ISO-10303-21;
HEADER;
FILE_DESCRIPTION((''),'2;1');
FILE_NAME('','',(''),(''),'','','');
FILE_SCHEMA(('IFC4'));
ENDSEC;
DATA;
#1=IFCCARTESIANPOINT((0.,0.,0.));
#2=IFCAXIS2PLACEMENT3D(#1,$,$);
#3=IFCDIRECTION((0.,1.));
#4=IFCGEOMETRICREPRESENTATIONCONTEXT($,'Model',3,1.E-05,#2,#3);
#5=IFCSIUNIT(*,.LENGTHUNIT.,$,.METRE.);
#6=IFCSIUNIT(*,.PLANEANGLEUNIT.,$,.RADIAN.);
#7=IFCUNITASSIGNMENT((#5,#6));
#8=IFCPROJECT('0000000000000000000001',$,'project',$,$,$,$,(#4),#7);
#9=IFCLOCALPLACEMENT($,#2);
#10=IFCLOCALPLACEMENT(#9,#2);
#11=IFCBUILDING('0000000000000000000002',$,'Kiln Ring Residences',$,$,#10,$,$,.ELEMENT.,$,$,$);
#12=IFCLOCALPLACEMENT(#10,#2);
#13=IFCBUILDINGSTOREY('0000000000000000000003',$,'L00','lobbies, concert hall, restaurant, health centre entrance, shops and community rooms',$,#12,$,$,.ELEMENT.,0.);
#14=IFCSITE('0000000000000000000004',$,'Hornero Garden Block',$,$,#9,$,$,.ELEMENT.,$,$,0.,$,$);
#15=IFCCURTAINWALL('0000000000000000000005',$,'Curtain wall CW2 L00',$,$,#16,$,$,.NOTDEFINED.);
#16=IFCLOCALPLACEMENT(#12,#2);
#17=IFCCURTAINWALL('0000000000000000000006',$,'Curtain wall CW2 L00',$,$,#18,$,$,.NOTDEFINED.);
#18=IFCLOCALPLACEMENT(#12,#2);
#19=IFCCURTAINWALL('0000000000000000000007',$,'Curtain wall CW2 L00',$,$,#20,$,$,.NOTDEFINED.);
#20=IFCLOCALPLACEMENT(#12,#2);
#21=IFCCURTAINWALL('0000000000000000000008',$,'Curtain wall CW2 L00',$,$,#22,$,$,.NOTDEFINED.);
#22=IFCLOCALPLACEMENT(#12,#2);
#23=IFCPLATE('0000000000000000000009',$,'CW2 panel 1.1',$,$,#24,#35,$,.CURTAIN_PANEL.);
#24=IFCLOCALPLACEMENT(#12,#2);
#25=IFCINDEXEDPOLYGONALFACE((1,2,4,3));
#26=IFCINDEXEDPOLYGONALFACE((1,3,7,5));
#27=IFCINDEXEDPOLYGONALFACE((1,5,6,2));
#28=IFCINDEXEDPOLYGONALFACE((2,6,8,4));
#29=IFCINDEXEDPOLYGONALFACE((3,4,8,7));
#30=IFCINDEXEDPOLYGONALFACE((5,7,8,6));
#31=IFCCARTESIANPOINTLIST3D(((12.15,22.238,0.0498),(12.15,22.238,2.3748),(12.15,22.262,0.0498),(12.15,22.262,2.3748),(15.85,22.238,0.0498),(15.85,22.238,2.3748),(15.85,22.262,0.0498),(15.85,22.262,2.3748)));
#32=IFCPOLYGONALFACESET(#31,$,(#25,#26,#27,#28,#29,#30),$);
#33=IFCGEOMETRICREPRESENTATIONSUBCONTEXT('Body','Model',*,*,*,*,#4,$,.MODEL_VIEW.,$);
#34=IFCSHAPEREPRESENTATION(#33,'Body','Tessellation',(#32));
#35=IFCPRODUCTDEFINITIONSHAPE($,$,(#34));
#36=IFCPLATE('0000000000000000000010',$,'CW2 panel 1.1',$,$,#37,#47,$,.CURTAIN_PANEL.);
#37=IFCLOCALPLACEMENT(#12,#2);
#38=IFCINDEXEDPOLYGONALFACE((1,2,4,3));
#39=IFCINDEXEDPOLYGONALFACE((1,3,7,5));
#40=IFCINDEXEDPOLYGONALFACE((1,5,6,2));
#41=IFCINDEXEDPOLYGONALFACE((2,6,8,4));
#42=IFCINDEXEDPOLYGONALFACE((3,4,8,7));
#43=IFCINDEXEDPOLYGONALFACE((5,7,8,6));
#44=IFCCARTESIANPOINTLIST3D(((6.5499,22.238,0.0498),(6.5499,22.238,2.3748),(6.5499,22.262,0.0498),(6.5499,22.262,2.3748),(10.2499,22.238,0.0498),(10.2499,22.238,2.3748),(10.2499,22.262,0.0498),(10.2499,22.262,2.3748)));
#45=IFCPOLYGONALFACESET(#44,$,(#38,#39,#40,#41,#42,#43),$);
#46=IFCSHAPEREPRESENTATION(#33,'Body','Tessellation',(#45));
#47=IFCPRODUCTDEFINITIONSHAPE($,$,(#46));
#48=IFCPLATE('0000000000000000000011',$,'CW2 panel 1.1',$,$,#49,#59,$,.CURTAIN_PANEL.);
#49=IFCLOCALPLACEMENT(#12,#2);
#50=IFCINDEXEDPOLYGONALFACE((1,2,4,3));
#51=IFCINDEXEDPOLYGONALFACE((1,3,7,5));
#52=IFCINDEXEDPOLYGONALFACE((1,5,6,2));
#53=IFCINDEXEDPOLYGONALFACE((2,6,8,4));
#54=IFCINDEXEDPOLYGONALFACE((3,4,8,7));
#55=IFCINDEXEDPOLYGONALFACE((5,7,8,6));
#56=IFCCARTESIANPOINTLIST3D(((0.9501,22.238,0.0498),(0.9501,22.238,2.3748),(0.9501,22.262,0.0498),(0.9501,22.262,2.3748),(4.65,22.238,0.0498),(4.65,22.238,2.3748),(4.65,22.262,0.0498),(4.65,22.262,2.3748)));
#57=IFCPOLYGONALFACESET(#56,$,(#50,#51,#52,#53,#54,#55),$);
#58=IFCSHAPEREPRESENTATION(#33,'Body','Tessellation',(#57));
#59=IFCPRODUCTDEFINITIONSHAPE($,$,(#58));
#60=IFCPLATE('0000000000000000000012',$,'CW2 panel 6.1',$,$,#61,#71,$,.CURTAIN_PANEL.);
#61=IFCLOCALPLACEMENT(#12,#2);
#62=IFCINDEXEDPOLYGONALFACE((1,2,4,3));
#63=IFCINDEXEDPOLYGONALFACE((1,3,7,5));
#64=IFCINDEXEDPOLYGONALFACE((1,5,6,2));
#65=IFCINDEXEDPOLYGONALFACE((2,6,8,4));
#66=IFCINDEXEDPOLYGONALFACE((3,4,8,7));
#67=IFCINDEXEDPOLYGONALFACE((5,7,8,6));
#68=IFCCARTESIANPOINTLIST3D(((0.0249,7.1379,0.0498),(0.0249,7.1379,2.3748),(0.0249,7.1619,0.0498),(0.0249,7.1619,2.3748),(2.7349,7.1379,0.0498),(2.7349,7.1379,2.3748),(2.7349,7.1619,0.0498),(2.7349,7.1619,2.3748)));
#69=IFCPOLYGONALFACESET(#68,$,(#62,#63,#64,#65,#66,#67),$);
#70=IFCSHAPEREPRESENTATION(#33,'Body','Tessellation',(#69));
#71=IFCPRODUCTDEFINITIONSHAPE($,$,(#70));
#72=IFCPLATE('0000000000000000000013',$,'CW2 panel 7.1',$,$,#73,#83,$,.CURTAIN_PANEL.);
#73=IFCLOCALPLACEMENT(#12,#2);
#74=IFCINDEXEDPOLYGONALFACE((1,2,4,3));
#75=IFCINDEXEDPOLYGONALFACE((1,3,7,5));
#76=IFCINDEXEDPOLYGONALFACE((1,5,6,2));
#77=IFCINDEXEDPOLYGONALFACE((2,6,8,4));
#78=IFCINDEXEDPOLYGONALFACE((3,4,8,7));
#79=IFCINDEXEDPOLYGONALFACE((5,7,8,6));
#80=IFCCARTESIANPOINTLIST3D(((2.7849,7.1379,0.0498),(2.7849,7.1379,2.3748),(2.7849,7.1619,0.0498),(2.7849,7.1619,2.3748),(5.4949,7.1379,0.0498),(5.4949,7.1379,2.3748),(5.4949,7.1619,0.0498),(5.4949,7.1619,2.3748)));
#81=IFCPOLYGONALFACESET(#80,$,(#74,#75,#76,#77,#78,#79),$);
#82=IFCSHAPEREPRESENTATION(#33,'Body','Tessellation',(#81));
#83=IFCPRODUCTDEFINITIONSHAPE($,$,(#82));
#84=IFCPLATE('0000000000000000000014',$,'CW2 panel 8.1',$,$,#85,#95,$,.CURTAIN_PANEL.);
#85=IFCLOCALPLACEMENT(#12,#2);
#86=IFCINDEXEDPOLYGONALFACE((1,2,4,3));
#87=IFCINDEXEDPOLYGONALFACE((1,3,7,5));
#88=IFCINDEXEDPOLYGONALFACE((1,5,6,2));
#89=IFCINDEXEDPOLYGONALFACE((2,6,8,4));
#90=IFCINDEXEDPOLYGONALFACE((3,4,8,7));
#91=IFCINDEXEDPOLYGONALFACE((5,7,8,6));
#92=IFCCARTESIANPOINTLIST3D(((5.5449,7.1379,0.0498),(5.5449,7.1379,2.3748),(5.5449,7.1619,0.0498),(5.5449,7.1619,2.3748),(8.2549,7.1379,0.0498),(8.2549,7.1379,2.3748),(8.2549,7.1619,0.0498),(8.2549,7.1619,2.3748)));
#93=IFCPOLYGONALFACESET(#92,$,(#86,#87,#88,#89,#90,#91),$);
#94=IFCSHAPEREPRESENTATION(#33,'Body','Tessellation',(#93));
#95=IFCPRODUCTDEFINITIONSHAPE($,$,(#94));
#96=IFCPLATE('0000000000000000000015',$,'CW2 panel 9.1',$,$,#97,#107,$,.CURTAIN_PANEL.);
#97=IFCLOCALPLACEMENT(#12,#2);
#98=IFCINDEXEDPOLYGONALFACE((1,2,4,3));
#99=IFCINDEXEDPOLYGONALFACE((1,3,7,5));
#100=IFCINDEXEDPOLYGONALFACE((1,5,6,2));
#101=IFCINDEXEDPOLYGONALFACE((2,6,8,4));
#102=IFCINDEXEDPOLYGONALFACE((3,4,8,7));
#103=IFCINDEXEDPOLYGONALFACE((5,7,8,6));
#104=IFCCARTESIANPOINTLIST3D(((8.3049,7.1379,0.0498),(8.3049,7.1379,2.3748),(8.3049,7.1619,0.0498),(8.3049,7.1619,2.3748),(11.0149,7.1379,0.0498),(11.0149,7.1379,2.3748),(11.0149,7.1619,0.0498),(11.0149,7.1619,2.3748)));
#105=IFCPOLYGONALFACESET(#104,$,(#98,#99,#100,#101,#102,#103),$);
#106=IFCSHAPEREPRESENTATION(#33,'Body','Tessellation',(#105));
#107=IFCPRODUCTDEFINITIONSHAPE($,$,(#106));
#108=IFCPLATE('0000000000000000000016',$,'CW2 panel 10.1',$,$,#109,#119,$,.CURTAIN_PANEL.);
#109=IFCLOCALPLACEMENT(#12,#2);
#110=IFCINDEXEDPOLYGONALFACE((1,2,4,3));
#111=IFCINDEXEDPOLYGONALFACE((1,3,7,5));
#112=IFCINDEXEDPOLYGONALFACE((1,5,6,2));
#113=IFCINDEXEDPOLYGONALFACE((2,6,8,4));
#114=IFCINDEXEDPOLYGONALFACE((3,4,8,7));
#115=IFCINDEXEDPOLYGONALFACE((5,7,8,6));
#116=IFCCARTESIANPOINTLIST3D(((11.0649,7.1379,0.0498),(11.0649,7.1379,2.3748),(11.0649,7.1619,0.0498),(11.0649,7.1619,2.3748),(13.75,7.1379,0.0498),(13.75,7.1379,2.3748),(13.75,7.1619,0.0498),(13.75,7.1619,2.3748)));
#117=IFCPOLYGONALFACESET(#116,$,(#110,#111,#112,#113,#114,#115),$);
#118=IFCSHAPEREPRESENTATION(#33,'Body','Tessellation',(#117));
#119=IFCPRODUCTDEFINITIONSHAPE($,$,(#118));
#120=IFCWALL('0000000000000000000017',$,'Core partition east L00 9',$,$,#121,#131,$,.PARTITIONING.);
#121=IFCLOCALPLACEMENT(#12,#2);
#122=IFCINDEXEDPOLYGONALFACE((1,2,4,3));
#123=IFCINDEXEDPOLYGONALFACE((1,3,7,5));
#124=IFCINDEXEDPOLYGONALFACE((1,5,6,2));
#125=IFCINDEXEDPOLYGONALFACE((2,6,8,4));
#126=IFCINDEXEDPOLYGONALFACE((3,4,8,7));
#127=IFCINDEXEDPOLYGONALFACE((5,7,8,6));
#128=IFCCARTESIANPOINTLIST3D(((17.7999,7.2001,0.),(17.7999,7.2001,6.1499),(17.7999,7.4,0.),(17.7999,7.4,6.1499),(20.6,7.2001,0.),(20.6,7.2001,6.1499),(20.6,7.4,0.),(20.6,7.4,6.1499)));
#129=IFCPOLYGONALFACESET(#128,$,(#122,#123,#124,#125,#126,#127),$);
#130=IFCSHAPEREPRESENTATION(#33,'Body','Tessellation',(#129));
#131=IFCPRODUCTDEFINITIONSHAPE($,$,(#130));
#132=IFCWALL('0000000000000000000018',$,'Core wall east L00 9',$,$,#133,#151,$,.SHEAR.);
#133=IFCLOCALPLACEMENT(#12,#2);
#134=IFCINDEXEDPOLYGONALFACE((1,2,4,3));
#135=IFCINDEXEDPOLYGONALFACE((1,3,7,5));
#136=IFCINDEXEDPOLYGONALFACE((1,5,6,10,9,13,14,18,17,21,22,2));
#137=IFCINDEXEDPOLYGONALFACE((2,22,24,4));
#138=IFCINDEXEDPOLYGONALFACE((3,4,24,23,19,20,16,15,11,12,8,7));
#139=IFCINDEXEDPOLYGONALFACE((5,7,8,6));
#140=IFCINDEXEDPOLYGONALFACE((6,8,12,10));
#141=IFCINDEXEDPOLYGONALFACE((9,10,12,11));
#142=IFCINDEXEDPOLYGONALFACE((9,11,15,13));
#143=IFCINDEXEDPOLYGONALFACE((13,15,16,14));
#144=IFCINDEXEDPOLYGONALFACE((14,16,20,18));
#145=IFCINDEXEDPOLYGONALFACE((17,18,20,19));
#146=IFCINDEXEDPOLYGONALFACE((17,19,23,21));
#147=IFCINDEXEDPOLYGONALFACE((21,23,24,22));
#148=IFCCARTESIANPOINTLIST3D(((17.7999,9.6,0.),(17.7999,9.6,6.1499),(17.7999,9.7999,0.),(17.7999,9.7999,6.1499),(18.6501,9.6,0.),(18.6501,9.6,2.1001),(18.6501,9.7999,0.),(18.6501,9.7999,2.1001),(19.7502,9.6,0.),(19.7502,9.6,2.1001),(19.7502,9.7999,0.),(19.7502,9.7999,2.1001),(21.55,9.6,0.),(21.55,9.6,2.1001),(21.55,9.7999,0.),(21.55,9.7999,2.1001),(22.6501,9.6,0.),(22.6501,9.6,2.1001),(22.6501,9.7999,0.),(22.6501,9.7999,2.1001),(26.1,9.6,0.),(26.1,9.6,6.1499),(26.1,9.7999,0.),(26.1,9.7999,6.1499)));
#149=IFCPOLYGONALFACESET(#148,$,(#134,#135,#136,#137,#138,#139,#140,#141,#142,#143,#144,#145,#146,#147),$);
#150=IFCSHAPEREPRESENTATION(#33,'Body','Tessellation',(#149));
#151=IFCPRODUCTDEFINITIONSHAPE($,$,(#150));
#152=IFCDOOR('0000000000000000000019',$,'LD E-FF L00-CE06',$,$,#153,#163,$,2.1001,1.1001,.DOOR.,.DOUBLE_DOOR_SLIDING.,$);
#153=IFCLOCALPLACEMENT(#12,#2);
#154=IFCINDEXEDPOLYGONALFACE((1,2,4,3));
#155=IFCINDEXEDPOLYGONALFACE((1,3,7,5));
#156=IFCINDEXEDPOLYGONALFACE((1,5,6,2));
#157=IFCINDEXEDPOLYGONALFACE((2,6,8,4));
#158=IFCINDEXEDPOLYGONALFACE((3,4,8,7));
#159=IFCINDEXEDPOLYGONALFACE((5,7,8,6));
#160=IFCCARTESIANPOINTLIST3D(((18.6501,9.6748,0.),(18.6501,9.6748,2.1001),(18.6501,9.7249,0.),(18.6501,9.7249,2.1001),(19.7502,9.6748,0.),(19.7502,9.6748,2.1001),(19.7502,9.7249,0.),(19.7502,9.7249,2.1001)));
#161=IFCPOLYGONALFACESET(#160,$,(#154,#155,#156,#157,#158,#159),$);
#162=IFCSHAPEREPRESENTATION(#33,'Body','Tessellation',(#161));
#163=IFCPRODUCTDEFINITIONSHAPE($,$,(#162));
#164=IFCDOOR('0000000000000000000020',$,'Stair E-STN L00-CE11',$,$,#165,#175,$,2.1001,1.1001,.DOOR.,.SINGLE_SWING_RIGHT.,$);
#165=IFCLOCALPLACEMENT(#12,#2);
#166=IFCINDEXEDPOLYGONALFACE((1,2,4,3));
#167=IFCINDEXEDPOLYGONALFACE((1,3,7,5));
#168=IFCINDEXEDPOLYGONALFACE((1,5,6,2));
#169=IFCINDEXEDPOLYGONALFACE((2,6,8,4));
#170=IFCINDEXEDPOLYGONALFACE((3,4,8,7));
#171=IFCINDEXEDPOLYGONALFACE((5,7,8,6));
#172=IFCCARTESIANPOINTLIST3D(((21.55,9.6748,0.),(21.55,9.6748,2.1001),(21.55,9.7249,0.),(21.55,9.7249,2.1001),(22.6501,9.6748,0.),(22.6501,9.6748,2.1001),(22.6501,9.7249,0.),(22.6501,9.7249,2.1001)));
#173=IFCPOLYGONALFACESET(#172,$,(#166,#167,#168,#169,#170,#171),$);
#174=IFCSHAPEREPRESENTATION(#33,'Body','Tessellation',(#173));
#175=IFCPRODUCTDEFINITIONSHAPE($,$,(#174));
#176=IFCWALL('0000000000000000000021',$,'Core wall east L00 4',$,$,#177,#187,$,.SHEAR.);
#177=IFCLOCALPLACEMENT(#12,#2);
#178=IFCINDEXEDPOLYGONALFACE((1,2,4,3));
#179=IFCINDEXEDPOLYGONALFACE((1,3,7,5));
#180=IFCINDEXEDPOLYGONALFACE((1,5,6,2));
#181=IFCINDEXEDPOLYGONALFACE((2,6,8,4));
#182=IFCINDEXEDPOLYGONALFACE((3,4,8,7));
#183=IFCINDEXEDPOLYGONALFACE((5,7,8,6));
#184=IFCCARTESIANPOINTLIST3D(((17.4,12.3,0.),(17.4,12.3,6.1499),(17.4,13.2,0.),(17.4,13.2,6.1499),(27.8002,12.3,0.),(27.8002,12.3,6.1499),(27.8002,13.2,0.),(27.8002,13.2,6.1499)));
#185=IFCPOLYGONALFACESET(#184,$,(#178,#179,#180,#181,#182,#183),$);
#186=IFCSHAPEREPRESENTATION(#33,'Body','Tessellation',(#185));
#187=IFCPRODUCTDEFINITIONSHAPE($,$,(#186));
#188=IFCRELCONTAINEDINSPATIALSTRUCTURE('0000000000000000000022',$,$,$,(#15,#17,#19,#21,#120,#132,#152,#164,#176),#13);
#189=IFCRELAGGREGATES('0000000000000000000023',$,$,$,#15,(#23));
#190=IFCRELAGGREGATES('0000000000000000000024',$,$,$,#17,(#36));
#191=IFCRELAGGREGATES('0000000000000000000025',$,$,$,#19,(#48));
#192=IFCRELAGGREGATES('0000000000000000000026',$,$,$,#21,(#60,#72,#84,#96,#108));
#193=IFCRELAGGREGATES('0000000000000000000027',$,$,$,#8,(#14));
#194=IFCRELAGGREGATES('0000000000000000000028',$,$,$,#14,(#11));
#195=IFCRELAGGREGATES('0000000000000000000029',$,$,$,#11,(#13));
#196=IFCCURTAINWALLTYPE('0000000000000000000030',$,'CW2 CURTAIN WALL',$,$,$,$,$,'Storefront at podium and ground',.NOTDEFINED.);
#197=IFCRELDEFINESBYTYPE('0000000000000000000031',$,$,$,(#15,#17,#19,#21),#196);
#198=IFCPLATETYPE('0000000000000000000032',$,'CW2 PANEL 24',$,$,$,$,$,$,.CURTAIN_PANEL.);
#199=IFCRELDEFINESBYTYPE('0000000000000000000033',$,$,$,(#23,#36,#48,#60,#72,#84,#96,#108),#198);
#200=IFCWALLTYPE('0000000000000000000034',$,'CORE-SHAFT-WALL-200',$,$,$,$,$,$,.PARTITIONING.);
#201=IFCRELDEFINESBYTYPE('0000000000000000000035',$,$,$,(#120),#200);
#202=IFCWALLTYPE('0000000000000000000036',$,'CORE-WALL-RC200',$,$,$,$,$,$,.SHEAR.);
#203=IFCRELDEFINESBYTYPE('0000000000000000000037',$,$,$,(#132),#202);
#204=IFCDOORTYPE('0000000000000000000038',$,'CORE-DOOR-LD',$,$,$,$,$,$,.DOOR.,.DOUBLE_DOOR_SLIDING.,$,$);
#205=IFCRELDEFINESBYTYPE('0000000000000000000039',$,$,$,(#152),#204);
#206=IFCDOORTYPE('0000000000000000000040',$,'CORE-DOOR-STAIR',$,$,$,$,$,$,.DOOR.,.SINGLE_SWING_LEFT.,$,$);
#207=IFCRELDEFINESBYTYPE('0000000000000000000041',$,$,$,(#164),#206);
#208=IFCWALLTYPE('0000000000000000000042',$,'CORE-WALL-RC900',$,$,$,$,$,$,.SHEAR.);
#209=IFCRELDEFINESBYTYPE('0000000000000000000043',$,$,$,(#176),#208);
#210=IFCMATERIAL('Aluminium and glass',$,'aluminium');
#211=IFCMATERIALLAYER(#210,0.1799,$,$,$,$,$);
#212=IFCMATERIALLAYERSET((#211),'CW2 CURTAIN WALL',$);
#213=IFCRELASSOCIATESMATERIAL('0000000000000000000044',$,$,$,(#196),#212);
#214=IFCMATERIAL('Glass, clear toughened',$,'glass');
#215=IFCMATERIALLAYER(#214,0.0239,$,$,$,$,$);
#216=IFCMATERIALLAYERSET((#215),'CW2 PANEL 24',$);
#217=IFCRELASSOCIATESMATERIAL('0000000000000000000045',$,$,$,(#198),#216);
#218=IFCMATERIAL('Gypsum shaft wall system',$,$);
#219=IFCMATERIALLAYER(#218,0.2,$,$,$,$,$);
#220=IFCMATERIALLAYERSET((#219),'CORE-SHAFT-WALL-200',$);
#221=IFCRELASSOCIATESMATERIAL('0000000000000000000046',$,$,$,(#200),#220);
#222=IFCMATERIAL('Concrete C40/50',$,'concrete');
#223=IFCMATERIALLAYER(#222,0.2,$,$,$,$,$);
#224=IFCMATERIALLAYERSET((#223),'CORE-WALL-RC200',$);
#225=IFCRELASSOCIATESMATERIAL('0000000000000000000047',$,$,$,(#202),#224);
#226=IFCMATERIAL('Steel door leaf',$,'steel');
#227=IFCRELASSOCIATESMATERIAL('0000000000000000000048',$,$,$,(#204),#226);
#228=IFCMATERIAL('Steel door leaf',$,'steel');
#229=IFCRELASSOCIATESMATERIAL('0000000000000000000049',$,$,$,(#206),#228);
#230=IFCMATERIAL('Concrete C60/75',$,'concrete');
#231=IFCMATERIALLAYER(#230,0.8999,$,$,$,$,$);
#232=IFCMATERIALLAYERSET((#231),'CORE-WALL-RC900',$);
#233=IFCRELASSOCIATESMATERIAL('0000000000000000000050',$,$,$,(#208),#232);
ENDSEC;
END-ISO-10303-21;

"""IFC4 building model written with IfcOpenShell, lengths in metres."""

from ifc_helpers import new_model, si_unit, direction, frame, frame_2d, origin, origin_2d, place, context, subcontext, project, spatial, rectangle, extrude, material, layer, layer_set, type_object, element, fill, aggregate, save


model = new_model("IFC4")

# Units and contexts
model_context = context("Model", 3, precision=1e-05, world=origin(), true_north=direction((0.0, 1.0)))
body_context = subcontext(model_context, "Body", "Model", "MODEL_VIEW")
ifc_project = project(units=[si_unit("LENGTHUNIT", "METRE"), si_unit("PLANEANGLEUNIT", "RADIAN")], contexts=[model_context])

# Site, building, storey
site_placement = place(None, origin())
site = spatial("IfcSite", under=ifc_project, at=site_placement, Name="Hornero Garden Block", CompositionType="ELEMENT", RefElevation=0.0)
building_placement = place(site_placement, origin())
building = spatial("IfcBuilding", under=site, at=building_placement, Name="Kiln Ring Residences", CompositionType="ELEMENT")
storey_placement = place(building_placement, origin())
storey = spatial("IfcBuildingStorey", under=building, at=storey_placement, Name="L00", Description="lobbies, concert hall, restaurant, health centre entrance, shops and community rooms", CompositionType="ELEMENT", Elevation=0.0)

# Curtain wall
ifc_material_1 = material(Name="Aluminium and glass", Category="aluminium")
ifc_layer_1 = layer(ifc_material_1, 0.1799)
ifc_layer_set_1 = layer_set([ifc_layer_1], Name="CW2 CURTAIN WALL")
curtain_wall_type = type_object("IfcCurtainWallType", Name="CW2 CURTAIN WALL", ElementType="Storefront at podium and ground", PredefinedType="NOTDEFINED", material=ifc_layer_set_1)
placement = place(storey_placement, origin())
curtain_wall_1 = element("IfcCurtainWall", 1, at=placement, inside=storey, type_object=curtain_wall_type, Name="Curtain wall CW2 L00", PredefinedType="NOTDEFINED")

# Curtain walls
curtain_wall_2 = element("IfcCurtainWall", 2, at=placement, inside=storey, type_object=curtain_wall_type, Name="Curtain wall CW2 L00", PredefinedType="NOTDEFINED")
curtain_wall_3 = element("IfcCurtainWall", 3, at=placement, inside=storey, type_object=curtain_wall_type, Name="Curtain wall CW2 L00", PredefinedType="NOTDEFINED")

# Curtain wall
curtain_wall_4 = element("IfcCurtainWall", 4, at=placement, inside=storey, type_object=curtain_wall_type, Name="Curtain wall CW2 L00", PredefinedType="NOTDEFINED")

# Plates
ifc_material_2 = material(Name="Glass, clear toughened", Category="glass")
ifc_layer_2 = layer(ifc_material_2, 0.0239)
ifc_layer_set_2 = layer_set([ifc_layer_2], Name="CW2 PANEL 24")
plate_type = type_object("IfcPlateType", Name="CW2 PANEL 24", PredefinedType="CURTAIN_PANEL", material=ifc_layer_set_2)
plate_1_placement = place(storey_placement, frame((14.0, 22.25, 0.0498), z_axis=(0.0, 0.0, 1.0), x_axis=(-1.0, 0.0, 0.0)))
plate_1 = element("IfcPlate", 5, at=plate_1_placement, type_object=plate_type, Name="CW2 panel 1.1", PredefinedType="CURTAIN_PANEL", context=body_context, shape_type="SweptSolid", body=[
    extrude(rectangle(XDim=3.7, YDim=0.0239, at=origin_2d()), origin(), (0.0, 0.0, 1.0), 2.325),
])
aggregate(curtain_wall_1, [plate_1])
plate_2_placement = place(storey_placement, frame((8.3999, 22.25, 0.0498), z_axis=(0.0, 0.0, 1.0), x_axis=(-1.0, 0.0, 0.0)))
plate_2 = element("IfcPlate", 6, at=plate_2_placement, type_object=plate_type, Name="CW2 panel 1.1", PredefinedType="CURTAIN_PANEL", context=body_context, shape_type="SweptSolid", body=[
    extrude(rectangle(XDim=3.7, YDim=0.0239, at=origin_2d()), origin(), (0.0, 0.0, 1.0), 2.325),
])
aggregate(curtain_wall_2, [plate_2])
plate_3_placement = place(storey_placement, frame((2.8, 22.25, 0.0498), z_axis=(0.0, 0.0, 1.0), x_axis=(-1.0, 0.0, 0.0)))
plate_3 = element("IfcPlate", 7, at=plate_3_placement, type_object=plate_type, Name="CW2 panel 1.1", PredefinedType="CURTAIN_PANEL", context=body_context, shape_type="SweptSolid", body=[
    extrude(rectangle(XDim=3.7, YDim=0.0239, at=origin_2d()), origin(), (0.0, 0.0, 1.0), 2.325),
])
aggregate(curtain_wall_3, [plate_3])
plate_4_placement = place(storey_placement, frame((1.3799, 7.1499, 0.0498), z_axis=(0.0, 0.0, 1.0), x_axis=(1.0, 0.0, 0.0)))
plate_4 = element("IfcPlate", 8, at=plate_4_placement, type_object=plate_type, Name="CW2 panel 6.1", PredefinedType="CURTAIN_PANEL", context=body_context, shape_type="SweptSolid", body=[
    extrude(rectangle(XDim=2.71, YDim=0.0239, at=origin_2d()), origin(), (0.0, 0.0, 1.0), 2.325),
])
plate_5_placement = place(storey_placement, frame((4.1399, 7.1499, 0.0498), z_axis=(0.0, 0.0, 1.0), x_axis=(1.0, 0.0, 0.0)))
plate_5 = element("IfcPlate", 9, at=plate_5_placement, type_object=plate_type, Name="CW2 panel 7.1", PredefinedType="CURTAIN_PANEL", context=body_context, shape_type="SweptSolid", body=[
    extrude(rectangle(XDim=2.71, YDim=0.0239, at=origin_2d()), origin(), (0.0, 0.0, 1.0), 2.325),
])
plate_6_placement = place(storey_placement, frame((6.8999, 7.1499, 0.0498), z_axis=(0.0, 0.0, 1.0), x_axis=(1.0, 0.0, 0.0)))
plate_6 = element("IfcPlate", 10, at=plate_6_placement, type_object=plate_type, Name="CW2 panel 8.1", PredefinedType="CURTAIN_PANEL", context=body_context, shape_type="SweptSolid", body=[
    extrude(rectangle(XDim=2.71, YDim=0.0239, at=origin_2d()), origin(), (0.0, 0.0, 1.0), 2.325),
])
plate_7_placement = place(storey_placement, frame((9.6599, 7.1499, 0.0498), z_axis=(0.0, 0.0, 1.0), x_axis=(1.0, 0.0, 0.0)))
plate_7 = element("IfcPlate", 11, at=plate_7_placement, type_object=plate_type, Name="CW2 panel 9.1", PredefinedType="CURTAIN_PANEL", context=body_context, shape_type="SweptSolid", body=[
    extrude(rectangle(XDim=2.71, YDim=0.0239, at=origin_2d()), origin(), (0.0, 0.0, 1.0), 2.325),
])
plate_8_placement = place(storey_placement, frame((12.4075, 7.1499, 0.0498), z_axis=(0.0, 0.0, 1.0), x_axis=(1.0, 0.0, 0.0)))
plate_8 = element("IfcPlate", 12, at=plate_8_placement, type_object=plate_type, Name="CW2 panel 10.1", PredefinedType="CURTAIN_PANEL", context=body_context, shape_type="SweptSolid", body=[
    extrude(rectangle(XDim=2.6851, YDim=0.0239, at=origin_2d()), origin(), (0.0, 0.0, 1.0), 2.325),
])
aggregate(curtain_wall_4, [plate_4, plate_5, plate_6, plate_7, plate_8])

# Wall
ifc_material_3 = material(Name="Gypsum shaft wall system")
ifc_layer_3 = layer(ifc_material_3, 0.2)
ifc_layer_set_3 = layer_set([ifc_layer_3], Name="CORE-SHAFT-WALL-200")
wall_type_1 = type_object("IfcWallType", Name="CORE-SHAFT-WALL-200", PredefinedType="PARTITIONING", material=ifc_layer_set_3)
wall_1_placement = place(storey_placement, frame((17.8, 7.3, 0.0), z_axis=(0.0, 0.0, 1.0), x_axis=(1.0, 0.0, 0.0)))
element("IfcWall", 13, at=wall_1_placement, inside=storey, type_object=wall_type_1, Name="Core partition east L00 9", PredefinedType="PARTITIONING", context=body_context, shape_type="SweptSolid", body=[
    extrude(rectangle(XDim=2.8, YDim=0.2, at=frame_2d((1.3999, 0.0))), origin(), (0.0, 0.0, 1.0), 6.1499),
])

# Wall, openings, doors
ifc_material_4 = material(Name="Concrete C40/50", Category="concrete")
ifc_layer_4 = layer(ifc_material_4, 0.2)
ifc_layer_set_4 = layer_set([ifc_layer_4], Name="CORE-WALL-RC200")
wall_type_2 = type_object("IfcWallType", Name="CORE-WALL-RC200", PredefinedType="SHEAR", material=ifc_layer_set_4)
wall_2_placement = place(storey_placement, frame((17.8, 9.7, 0.0), z_axis=(0.0, 0.0, 1.0), x_axis=(1.0, 0.0, 0.0)))
wall_2 = element("IfcWall", 14, at=wall_2_placement, inside=storey, type_object=wall_type_2, Name="Core wall east L00 9", PredefinedType="SHEAR", context=body_context, shape_type="SweptSolid", body=[
    extrude(rectangle(XDim=8.3, YDim=0.2, at=frame_2d((4.1499, 0.0))), origin(), (0.0, 0.0, 1.0), 6.1499),
])
opening_1_placement = place(wall_2_placement, frame((0.8501, 0.0, 0.0)))
opening_1 = element("IfcOpeningElement", 15, at=opening_1_placement, cuts=wall_2, PredefinedType="OPENING", context=body_context, shape_type="SweptSolid", body=[
    extrude(rectangle(XDim=1.1001, YDim=2.1001, at=frame_2d((0.55, 1.05))), frame((0.0, 0.1099, 0.0), z_axis=(0.0, -1.0, 0.0), x_axis=(1.0, 0.0, 0.0)), (0.0, 0.0, 1.0), 0.22),
])
opening_2_placement = place(wall_2_placement, frame((3.75, 0.0, 0.0)))
opening_2 = element("IfcOpeningElement", 16, at=opening_2_placement, cuts=wall_2, PredefinedType="OPENING", context=body_context, shape_type="SweptSolid", body=[
    extrude(rectangle(XDim=1.1001, YDim=2.1001, at=frame_2d((0.55, 1.05))), frame((0.0, 0.1099, 0.0), z_axis=(0.0, -1.0, 0.0), x_axis=(1.0, 0.0, 0.0)), (0.0, 0.0, 1.0), 0.22),
])
ifc_material_5 = material(Name="Steel door leaf", Category="steel")
door_type_1 = type_object("IfcDoorType", Name="CORE-DOOR-LD", OperationType="DOUBLE_DOOR_SLIDING", PredefinedType="DOOR", material=ifc_material_5)
door_1_placement = place(opening_1_placement, origin())
door_1 = element("IfcDoor", 17, at=door_1_placement, inside=storey, type_object=door_type_1, Name="LD E-FF L00-CE06", OperationType="DOUBLE_DOOR_SLIDING", OverallHeight=2.1001, OverallWidth=1.1001, PredefinedType="DOOR", context=body_context, shape_type="SweptSolid", body=[
    extrude(rectangle(XDim=1.1001, YDim=2.1001, at=frame_2d((0.55, 1.05))), frame((0.0, 0.0249, 0.0), z_axis=(0.0, -1.0, 0.0), x_axis=(1.0, 0.0, 0.0)), (0.0, 0.0, 1.0), 0.05),
])
fill(opening_1, door_1)
ifc_material_6 = material(Name="Steel door leaf", Category="steel")
door_type_2 = type_object("IfcDoorType", Name="CORE-DOOR-STAIR", OperationType="SINGLE_SWING_LEFT", PredefinedType="DOOR", material=ifc_material_6)
door_2_placement = place(opening_2_placement, origin())
door_2 = element("IfcDoor", 18, at=door_2_placement, inside=storey, type_object=door_type_2, Name="Stair E-STN L00-CE11", OperationType="SINGLE_SWING_RIGHT", OverallHeight=2.1001, OverallWidth=1.1001, PredefinedType="DOOR", context=body_context, shape_type="SweptSolid", body=[
    extrude(rectangle(XDim=1.1001, YDim=2.1001, at=frame_2d((0.55, 1.05))), frame((0.0, 0.0249, 0.0), z_axis=(0.0, -1.0, 0.0), x_axis=(1.0, 0.0, 0.0)), (0.0, 0.0, 1.0), 0.05),
])
fill(opening_2, door_2)

# Wall
ifc_material_7 = material(Name="Concrete C60/75", Category="concrete")
ifc_layer_5 = layer(ifc_material_7, 0.8999)
ifc_layer_set_5 = layer_set([ifc_layer_5], Name="CORE-WALL-RC900")
wall_type_3 = type_object("IfcWallType", Name="CORE-WALL-RC900", PredefinedType="SHEAR", material=ifc_layer_set_5)
wall_3_placement = place(storey_placement, frame((17.3999, 12.75, 0.0), z_axis=(0.0, 0.0, 1.0), x_axis=(1.0, 0.0, 0.0)))
element("IfcWall", 19, at=wall_3_placement, inside=storey, type_object=wall_type_3, Name="Core wall east L00 4", PredefinedType="SHEAR", context=body_context, shape_type="SweptSolid", body=[
    extrude(rectangle(XDim=10.4001, YDim=0.8999, at=frame_2d((5.2002, 0.0))), origin(), (0.0, 0.0, 1.0), 6.1499),
])

save(model, "model.ifc")
